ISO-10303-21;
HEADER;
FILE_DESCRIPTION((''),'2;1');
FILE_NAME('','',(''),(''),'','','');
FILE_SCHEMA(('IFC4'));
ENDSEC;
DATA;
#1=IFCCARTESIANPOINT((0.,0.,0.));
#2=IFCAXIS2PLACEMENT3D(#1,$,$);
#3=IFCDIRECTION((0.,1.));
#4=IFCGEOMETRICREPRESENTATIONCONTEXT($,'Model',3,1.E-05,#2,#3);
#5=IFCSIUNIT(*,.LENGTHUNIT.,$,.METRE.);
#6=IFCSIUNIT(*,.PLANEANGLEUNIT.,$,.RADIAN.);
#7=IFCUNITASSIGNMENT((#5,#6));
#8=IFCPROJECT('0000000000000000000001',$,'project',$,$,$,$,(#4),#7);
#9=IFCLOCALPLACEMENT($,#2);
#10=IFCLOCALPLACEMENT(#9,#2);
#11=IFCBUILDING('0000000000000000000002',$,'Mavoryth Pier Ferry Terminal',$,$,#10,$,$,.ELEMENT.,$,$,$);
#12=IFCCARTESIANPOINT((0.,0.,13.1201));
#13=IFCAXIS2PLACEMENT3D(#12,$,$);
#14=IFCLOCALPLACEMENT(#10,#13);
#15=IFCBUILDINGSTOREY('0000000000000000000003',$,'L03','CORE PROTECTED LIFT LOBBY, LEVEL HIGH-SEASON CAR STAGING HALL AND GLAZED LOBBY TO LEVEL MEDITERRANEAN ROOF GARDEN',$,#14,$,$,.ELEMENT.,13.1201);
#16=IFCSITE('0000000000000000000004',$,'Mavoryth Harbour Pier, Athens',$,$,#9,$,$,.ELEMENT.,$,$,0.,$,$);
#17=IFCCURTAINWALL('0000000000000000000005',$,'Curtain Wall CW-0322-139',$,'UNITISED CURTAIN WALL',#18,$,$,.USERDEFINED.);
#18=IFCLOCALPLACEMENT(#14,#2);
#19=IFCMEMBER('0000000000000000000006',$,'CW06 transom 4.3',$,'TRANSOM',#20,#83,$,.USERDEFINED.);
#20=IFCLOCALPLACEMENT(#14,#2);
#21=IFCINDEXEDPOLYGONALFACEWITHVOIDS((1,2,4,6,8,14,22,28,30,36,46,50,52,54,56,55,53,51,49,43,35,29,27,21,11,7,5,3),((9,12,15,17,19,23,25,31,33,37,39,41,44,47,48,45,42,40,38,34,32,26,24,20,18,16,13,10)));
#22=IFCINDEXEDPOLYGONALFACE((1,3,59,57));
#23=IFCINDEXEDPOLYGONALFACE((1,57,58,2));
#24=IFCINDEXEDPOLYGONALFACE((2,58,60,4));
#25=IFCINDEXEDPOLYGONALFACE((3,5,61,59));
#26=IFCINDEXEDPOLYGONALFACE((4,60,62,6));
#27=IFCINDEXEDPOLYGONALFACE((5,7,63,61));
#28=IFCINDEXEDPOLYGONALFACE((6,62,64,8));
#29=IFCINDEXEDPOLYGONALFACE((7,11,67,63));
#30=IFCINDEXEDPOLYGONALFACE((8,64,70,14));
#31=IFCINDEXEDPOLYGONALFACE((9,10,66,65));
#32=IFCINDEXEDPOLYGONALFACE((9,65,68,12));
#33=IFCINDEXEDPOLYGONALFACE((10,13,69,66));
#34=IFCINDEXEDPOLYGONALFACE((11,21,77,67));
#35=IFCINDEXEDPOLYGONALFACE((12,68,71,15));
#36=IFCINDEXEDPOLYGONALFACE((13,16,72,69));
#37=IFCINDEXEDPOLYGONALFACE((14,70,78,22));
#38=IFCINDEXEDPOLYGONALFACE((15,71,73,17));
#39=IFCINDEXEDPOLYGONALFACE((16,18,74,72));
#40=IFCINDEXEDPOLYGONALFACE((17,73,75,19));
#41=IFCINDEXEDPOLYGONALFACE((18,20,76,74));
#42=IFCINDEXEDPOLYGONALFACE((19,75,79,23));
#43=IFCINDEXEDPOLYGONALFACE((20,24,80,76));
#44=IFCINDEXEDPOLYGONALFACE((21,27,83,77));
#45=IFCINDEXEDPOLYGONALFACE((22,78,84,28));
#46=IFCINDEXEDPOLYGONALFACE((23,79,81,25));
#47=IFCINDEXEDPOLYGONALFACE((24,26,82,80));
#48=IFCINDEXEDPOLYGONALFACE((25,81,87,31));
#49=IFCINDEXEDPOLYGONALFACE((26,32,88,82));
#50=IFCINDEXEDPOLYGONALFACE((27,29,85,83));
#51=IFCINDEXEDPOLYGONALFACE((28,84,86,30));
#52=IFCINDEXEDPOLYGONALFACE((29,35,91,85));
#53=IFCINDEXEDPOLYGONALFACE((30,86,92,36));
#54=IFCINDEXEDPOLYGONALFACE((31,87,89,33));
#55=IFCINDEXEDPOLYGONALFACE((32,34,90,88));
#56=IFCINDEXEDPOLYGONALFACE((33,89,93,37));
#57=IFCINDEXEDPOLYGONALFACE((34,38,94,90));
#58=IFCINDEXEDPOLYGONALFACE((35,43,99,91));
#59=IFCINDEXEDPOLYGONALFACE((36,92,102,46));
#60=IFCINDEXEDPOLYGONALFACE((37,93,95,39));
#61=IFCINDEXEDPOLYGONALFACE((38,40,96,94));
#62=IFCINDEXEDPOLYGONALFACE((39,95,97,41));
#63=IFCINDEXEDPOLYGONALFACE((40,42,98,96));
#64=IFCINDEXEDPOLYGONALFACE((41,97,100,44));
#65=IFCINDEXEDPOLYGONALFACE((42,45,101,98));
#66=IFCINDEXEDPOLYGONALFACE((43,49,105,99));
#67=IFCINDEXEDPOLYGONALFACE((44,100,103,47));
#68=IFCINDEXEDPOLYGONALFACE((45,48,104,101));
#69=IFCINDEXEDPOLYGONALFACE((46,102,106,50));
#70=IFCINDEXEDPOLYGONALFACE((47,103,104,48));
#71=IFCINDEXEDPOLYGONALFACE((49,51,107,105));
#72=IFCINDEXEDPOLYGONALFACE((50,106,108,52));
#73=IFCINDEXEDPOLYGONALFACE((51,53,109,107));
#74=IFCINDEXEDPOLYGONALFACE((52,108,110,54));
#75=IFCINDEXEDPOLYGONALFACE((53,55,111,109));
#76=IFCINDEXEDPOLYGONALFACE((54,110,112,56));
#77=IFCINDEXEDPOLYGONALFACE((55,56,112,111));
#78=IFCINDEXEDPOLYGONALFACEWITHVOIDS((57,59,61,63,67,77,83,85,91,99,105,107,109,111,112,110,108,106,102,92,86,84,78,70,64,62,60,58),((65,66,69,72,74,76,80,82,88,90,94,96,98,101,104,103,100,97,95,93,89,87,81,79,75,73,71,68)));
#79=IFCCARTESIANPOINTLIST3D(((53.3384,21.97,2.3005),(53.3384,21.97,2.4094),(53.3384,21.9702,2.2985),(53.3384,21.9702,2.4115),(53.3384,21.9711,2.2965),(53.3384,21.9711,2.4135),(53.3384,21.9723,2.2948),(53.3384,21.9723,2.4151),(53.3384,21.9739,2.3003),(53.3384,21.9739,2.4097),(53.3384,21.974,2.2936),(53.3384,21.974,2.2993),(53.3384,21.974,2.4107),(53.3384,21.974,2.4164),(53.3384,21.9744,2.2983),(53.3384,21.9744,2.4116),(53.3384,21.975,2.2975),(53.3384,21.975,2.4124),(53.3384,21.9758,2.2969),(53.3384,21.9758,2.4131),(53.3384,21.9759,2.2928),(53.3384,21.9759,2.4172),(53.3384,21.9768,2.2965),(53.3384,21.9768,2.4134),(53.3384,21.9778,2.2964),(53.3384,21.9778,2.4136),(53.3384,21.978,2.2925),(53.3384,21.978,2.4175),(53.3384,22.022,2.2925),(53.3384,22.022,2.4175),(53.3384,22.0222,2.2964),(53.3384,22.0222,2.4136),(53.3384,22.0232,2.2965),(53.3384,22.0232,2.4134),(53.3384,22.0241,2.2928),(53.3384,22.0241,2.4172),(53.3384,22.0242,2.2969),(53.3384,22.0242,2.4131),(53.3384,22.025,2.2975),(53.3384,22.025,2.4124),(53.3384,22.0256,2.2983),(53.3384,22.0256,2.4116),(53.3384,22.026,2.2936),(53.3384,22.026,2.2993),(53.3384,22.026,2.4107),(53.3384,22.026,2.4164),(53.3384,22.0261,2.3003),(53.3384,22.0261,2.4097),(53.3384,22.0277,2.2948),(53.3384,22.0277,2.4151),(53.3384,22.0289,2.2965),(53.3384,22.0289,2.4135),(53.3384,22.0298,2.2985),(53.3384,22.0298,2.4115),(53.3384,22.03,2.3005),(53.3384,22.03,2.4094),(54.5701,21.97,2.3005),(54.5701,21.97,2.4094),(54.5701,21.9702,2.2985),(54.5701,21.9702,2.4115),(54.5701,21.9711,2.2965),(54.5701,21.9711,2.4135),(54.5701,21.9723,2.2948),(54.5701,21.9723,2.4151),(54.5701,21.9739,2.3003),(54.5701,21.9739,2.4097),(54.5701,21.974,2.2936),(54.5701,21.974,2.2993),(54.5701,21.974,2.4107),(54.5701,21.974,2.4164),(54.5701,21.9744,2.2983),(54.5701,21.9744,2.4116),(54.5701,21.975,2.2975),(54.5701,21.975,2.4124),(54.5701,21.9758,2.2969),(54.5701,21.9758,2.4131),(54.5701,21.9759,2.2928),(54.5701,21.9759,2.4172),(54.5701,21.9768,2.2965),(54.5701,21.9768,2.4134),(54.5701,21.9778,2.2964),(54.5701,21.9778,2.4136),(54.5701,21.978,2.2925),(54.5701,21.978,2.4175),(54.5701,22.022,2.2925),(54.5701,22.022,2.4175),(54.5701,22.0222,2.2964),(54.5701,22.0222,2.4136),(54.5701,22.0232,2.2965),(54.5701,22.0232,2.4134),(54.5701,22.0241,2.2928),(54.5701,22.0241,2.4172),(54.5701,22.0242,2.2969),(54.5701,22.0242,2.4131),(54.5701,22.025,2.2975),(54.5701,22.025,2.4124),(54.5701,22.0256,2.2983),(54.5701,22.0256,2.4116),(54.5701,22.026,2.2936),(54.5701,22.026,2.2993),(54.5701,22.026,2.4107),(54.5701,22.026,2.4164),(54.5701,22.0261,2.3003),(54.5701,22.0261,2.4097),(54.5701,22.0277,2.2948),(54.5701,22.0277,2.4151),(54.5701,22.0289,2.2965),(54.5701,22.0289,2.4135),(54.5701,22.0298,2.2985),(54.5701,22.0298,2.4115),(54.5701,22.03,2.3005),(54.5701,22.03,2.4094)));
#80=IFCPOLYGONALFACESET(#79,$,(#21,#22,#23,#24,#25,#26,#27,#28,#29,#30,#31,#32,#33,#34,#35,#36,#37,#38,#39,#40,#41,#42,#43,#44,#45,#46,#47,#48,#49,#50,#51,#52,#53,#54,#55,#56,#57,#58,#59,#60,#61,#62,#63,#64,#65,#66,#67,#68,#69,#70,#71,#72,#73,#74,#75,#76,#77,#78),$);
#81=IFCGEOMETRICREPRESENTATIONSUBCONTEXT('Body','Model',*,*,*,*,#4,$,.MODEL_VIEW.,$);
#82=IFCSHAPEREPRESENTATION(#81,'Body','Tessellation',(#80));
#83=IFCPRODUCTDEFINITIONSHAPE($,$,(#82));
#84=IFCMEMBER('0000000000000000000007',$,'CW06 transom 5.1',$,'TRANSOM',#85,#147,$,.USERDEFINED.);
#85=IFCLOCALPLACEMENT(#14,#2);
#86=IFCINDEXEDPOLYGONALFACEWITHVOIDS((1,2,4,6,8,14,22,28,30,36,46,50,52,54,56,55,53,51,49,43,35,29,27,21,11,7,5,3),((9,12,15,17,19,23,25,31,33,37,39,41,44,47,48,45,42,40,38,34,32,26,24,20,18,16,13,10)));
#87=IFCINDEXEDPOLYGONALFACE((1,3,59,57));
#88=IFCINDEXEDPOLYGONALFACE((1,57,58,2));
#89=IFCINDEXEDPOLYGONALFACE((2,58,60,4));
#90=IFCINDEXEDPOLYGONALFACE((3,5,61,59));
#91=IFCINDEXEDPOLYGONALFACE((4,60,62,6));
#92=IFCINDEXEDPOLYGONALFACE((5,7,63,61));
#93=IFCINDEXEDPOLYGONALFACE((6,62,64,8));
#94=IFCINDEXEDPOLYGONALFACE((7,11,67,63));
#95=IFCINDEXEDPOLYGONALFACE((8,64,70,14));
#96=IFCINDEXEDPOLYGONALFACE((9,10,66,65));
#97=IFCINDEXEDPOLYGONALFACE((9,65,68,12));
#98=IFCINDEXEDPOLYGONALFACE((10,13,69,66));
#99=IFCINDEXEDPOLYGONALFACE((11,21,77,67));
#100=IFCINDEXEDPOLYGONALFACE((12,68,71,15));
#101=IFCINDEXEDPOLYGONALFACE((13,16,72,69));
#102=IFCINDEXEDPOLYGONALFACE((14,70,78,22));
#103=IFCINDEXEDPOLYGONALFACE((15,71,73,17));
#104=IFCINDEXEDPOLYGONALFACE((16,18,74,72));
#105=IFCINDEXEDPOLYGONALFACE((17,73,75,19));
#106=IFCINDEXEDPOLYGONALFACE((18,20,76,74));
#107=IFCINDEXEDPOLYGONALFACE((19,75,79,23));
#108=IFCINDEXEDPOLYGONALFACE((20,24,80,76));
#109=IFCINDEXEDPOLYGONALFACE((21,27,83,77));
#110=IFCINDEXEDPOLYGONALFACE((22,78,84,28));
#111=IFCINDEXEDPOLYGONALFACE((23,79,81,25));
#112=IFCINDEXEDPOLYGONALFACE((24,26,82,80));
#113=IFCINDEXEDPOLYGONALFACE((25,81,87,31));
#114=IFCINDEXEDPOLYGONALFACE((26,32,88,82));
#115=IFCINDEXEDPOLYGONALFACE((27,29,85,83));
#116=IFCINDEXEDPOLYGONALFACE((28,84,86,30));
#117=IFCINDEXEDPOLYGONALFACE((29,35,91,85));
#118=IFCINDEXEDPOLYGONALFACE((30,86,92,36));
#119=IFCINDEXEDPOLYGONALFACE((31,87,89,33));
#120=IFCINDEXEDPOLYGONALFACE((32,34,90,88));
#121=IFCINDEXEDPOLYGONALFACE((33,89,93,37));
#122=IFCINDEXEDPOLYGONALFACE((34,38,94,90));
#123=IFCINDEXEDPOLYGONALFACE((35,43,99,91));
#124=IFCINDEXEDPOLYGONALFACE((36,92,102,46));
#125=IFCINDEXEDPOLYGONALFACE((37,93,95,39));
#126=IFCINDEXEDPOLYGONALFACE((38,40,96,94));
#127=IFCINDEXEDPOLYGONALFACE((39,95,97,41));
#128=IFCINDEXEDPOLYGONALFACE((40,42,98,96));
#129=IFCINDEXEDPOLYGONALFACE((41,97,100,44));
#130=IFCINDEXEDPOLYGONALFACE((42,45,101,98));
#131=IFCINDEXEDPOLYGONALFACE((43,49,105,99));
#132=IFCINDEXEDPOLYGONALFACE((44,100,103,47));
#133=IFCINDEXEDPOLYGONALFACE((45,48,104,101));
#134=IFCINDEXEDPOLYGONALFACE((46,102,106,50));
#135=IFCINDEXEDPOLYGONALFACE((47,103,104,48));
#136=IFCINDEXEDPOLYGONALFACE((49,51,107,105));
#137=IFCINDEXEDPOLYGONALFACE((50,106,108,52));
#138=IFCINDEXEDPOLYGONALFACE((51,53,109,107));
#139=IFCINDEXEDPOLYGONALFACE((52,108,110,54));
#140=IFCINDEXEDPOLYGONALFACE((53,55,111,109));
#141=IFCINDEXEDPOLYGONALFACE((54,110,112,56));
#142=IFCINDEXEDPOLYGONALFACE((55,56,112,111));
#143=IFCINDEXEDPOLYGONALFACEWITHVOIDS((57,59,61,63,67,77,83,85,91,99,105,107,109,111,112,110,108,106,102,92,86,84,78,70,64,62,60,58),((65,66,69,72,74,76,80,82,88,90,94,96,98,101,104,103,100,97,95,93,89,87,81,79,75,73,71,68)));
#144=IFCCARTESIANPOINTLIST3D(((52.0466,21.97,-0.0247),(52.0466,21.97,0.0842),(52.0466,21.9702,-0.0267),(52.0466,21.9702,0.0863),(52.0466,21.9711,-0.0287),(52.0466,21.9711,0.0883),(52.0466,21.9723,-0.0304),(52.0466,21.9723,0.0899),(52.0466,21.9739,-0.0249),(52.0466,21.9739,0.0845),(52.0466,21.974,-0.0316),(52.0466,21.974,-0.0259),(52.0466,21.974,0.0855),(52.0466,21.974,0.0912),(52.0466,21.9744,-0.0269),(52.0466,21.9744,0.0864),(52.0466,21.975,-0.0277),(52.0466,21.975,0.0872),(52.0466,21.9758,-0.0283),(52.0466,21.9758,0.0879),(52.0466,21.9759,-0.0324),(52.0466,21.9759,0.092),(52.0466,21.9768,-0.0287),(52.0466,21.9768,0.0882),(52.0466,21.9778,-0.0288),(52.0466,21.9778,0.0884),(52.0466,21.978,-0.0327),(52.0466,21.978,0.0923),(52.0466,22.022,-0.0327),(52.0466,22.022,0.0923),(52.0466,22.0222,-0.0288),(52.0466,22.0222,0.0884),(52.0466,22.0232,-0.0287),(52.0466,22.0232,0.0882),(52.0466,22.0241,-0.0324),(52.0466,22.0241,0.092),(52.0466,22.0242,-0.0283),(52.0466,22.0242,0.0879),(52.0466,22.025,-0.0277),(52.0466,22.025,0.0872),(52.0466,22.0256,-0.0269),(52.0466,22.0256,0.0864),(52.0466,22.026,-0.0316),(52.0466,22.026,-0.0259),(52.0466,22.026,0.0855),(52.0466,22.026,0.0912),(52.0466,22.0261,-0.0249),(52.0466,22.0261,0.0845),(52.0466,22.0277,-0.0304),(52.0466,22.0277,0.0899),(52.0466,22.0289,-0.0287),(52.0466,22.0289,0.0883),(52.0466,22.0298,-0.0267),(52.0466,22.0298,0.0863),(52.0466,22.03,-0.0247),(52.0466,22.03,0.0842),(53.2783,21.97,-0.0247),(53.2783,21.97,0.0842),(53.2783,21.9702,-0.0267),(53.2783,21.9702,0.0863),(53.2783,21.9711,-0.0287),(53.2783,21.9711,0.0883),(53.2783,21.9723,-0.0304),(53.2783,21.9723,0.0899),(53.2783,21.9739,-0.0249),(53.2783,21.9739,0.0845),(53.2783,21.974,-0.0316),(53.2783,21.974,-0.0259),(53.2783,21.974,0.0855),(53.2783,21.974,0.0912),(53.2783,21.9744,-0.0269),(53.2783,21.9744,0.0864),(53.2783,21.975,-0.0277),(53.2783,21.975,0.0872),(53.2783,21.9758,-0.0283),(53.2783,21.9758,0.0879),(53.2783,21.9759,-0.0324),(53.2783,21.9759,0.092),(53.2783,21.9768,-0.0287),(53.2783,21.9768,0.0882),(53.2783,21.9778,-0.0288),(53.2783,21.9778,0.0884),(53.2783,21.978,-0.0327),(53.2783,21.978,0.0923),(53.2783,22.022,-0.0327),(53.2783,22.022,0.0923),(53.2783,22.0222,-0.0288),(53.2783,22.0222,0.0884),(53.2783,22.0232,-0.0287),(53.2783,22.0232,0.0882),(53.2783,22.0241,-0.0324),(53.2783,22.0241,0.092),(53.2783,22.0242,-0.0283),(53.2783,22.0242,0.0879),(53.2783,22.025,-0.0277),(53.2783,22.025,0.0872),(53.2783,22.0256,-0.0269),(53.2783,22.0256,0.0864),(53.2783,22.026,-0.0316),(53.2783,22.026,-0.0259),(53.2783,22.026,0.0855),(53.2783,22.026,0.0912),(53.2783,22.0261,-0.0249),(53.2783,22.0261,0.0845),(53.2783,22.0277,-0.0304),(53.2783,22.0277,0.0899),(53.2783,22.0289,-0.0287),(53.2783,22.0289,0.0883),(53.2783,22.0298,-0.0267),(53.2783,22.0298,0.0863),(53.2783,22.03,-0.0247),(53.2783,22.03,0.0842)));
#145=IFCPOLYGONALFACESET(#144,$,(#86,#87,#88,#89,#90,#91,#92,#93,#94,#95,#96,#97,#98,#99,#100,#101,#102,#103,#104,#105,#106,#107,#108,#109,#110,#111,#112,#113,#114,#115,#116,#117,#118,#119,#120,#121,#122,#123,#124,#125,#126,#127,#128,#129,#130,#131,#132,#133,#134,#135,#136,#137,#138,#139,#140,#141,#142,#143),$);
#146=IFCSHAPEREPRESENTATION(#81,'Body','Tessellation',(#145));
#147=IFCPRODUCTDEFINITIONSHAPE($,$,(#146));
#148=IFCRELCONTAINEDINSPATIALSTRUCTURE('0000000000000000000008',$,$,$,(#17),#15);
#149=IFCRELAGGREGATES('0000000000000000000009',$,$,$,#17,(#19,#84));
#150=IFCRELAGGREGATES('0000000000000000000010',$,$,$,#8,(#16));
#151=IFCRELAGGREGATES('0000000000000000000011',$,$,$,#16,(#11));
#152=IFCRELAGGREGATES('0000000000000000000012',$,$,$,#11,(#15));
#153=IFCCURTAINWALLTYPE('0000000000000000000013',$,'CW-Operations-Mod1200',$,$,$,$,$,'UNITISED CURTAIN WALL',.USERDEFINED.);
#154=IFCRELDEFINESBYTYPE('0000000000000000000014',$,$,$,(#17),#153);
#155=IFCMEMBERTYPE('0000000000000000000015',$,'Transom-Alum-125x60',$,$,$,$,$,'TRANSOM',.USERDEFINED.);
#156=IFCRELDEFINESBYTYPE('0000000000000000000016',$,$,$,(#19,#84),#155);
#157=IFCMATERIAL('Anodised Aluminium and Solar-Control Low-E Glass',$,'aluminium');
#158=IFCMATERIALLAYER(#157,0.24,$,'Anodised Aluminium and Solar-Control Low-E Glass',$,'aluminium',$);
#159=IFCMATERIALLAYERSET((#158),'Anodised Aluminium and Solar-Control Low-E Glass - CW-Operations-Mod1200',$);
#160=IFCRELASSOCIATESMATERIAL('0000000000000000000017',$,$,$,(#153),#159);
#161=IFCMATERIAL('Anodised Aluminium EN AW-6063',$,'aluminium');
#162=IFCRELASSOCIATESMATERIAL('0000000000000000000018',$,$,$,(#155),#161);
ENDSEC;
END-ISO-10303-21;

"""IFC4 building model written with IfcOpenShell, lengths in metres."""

from ifc_helpers import new_model, si_unit, direction, frame, origin, origin_2d, place, context, subcontext, project, spatial, hollow_rectangle, extrude, material, layer, layer_set, material_profile, profile_set, type_object, element, aggregate, save


model = new_model("IFC4")

# Units and contexts
model_context = context("Model", 3, precision=1e-05, world=origin(), true_north=direction((0.0, 1.0)))
body_context = subcontext(model_context, "Body", "Model", "MODEL_VIEW")
ifc_project = project(units=[si_unit("LENGTHUNIT", "METRE"), si_unit("PLANEANGLEUNIT", "RADIAN")], contexts=[model_context])

# Site, building, storey
site_placement = place(None, origin())
site = spatial("IfcSite", under=ifc_project, at=site_placement, Name="Mavoryth Harbour Pier, Athens", CompositionType="ELEMENT", RefElevation=0.0)
building_placement = place(site_placement, origin())
building = spatial("IfcBuilding", under=site, at=building_placement, Name="Mavoryth Pier Ferry Terminal", CompositionType="ELEMENT")
storey_placement = place(building_placement, frame((0.0, 0.0, 13.1201)))
storey = spatial("IfcBuildingStorey", under=building, at=storey_placement, Name="L03", Description="CORE PROTECTED LIFT LOBBY, LEVEL HIGH-SEASON CAR STAGING HALL AND GLAZED LOBBY TO LEVEL MEDITERRANEAN ROOF GARDEN", CompositionType="ELEMENT", Elevation=13.1201)

# Curtain wall
ifc_material_1 = material(Name="Anodised Aluminium and Solar-Control Low-E Glass", Category="aluminium")
ifc_layer_1 = layer(ifc_material_1, 0.24, Name="Anodised Aluminium and Solar-Control Low-E Glass", Category="aluminium")
ifc_layer_set_1 = layer_set([ifc_layer_1], Name="Anodised Aluminium and Solar-Control Low-E Glass - CW-Operations-Mod1200")
curtain_wall_type = type_object("IfcCurtainWallType", Name="CW-Operations-Mod1200", ElementType="UNITISED CURTAIN WALL", PredefinedType="USERDEFINED", material=ifc_layer_set_1)
curtain_wall_placement = place(storey_placement, origin())
curtain_wall = element("IfcCurtainWall", 1, at=curtain_wall_placement, inside=storey, type_object=curtain_wall_type, Name="Curtain Wall CW-0322-139", ObjectType="UNITISED CURTAIN WALL", PredefinedType="USERDEFINED")
ifc_material_2 = material(Name="Anodised Aluminium EN AW-6063", Category="aluminium")

# Members
ifc_material_profile_1 = material_profile(ifc_material_2, hollow_rectangle(XDim=0.0601, YDim=0.125, WallThickness=0.0039, InnerFilletRadius=0.0039, OuterFilletRadius=0.0081, at=origin_2d()), Name="AL-TRAN 125x60x4", Category="aluminium")
ifc_profile_set_1 = profile_set([ifc_material_profile_1], Name="Anodised Aluminium EN AW-6063 - AL-TRAN 125x60x4")
member_type_1 = type_object("IfcMemberType", Name="Transom-Alum-125x60", ElementType="TRANSOM", PredefinedType="USERDEFINED", material=ifc_profile_set_1)
member_1_placement = place(storey_placement, frame((54.5701, 22.0, 2.355), z_axis=(-1.0, 0.0, 0.0), x_axis=(0.0, -1.0, 0.0)))
member_1 = element("IfcMember", 2, at=member_1_placement, type_object=member_type_1, Name="CW06 transom 4.3", ObjectType="TRANSOM", PredefinedType="USERDEFINED", context=body_context, shape_type="SweptSolid", body=[
    extrude(hollow_rectangle(XDim=0.0601, YDim=0.125, WallThickness=0.0039, InnerFilletRadius=0.0039, OuterFilletRadius=0.0081, at=origin_2d()), origin(), (0.0, 0.0, 1.0), 1.2317),
])
member_2_placement = place(storey_placement, frame((53.2783, 22.0, 0.0298), z_axis=(-1.0, 0.0, 0.0), x_axis=(0.0, -1.0, 0.0)))
member_2 = element("IfcMember", 3, at=member_2_placement, type_object=member_type_1, Name="CW06 transom 5.1", ObjectType="TRANSOM", PredefinedType="USERDEFINED", context=body_context, shape_type="SweptSolid", body=[
    extrude(hollow_rectangle(XDim=0.0601, YDim=0.125, WallThickness=0.0039, InnerFilletRadius=0.0039, OuterFilletRadius=0.0081, at=origin_2d()), origin(), (0.0, 0.0, 1.0), 1.2317),
])

aggregate(curtain_wall, [member_1, member_2])

save(model, "model.ifc")
